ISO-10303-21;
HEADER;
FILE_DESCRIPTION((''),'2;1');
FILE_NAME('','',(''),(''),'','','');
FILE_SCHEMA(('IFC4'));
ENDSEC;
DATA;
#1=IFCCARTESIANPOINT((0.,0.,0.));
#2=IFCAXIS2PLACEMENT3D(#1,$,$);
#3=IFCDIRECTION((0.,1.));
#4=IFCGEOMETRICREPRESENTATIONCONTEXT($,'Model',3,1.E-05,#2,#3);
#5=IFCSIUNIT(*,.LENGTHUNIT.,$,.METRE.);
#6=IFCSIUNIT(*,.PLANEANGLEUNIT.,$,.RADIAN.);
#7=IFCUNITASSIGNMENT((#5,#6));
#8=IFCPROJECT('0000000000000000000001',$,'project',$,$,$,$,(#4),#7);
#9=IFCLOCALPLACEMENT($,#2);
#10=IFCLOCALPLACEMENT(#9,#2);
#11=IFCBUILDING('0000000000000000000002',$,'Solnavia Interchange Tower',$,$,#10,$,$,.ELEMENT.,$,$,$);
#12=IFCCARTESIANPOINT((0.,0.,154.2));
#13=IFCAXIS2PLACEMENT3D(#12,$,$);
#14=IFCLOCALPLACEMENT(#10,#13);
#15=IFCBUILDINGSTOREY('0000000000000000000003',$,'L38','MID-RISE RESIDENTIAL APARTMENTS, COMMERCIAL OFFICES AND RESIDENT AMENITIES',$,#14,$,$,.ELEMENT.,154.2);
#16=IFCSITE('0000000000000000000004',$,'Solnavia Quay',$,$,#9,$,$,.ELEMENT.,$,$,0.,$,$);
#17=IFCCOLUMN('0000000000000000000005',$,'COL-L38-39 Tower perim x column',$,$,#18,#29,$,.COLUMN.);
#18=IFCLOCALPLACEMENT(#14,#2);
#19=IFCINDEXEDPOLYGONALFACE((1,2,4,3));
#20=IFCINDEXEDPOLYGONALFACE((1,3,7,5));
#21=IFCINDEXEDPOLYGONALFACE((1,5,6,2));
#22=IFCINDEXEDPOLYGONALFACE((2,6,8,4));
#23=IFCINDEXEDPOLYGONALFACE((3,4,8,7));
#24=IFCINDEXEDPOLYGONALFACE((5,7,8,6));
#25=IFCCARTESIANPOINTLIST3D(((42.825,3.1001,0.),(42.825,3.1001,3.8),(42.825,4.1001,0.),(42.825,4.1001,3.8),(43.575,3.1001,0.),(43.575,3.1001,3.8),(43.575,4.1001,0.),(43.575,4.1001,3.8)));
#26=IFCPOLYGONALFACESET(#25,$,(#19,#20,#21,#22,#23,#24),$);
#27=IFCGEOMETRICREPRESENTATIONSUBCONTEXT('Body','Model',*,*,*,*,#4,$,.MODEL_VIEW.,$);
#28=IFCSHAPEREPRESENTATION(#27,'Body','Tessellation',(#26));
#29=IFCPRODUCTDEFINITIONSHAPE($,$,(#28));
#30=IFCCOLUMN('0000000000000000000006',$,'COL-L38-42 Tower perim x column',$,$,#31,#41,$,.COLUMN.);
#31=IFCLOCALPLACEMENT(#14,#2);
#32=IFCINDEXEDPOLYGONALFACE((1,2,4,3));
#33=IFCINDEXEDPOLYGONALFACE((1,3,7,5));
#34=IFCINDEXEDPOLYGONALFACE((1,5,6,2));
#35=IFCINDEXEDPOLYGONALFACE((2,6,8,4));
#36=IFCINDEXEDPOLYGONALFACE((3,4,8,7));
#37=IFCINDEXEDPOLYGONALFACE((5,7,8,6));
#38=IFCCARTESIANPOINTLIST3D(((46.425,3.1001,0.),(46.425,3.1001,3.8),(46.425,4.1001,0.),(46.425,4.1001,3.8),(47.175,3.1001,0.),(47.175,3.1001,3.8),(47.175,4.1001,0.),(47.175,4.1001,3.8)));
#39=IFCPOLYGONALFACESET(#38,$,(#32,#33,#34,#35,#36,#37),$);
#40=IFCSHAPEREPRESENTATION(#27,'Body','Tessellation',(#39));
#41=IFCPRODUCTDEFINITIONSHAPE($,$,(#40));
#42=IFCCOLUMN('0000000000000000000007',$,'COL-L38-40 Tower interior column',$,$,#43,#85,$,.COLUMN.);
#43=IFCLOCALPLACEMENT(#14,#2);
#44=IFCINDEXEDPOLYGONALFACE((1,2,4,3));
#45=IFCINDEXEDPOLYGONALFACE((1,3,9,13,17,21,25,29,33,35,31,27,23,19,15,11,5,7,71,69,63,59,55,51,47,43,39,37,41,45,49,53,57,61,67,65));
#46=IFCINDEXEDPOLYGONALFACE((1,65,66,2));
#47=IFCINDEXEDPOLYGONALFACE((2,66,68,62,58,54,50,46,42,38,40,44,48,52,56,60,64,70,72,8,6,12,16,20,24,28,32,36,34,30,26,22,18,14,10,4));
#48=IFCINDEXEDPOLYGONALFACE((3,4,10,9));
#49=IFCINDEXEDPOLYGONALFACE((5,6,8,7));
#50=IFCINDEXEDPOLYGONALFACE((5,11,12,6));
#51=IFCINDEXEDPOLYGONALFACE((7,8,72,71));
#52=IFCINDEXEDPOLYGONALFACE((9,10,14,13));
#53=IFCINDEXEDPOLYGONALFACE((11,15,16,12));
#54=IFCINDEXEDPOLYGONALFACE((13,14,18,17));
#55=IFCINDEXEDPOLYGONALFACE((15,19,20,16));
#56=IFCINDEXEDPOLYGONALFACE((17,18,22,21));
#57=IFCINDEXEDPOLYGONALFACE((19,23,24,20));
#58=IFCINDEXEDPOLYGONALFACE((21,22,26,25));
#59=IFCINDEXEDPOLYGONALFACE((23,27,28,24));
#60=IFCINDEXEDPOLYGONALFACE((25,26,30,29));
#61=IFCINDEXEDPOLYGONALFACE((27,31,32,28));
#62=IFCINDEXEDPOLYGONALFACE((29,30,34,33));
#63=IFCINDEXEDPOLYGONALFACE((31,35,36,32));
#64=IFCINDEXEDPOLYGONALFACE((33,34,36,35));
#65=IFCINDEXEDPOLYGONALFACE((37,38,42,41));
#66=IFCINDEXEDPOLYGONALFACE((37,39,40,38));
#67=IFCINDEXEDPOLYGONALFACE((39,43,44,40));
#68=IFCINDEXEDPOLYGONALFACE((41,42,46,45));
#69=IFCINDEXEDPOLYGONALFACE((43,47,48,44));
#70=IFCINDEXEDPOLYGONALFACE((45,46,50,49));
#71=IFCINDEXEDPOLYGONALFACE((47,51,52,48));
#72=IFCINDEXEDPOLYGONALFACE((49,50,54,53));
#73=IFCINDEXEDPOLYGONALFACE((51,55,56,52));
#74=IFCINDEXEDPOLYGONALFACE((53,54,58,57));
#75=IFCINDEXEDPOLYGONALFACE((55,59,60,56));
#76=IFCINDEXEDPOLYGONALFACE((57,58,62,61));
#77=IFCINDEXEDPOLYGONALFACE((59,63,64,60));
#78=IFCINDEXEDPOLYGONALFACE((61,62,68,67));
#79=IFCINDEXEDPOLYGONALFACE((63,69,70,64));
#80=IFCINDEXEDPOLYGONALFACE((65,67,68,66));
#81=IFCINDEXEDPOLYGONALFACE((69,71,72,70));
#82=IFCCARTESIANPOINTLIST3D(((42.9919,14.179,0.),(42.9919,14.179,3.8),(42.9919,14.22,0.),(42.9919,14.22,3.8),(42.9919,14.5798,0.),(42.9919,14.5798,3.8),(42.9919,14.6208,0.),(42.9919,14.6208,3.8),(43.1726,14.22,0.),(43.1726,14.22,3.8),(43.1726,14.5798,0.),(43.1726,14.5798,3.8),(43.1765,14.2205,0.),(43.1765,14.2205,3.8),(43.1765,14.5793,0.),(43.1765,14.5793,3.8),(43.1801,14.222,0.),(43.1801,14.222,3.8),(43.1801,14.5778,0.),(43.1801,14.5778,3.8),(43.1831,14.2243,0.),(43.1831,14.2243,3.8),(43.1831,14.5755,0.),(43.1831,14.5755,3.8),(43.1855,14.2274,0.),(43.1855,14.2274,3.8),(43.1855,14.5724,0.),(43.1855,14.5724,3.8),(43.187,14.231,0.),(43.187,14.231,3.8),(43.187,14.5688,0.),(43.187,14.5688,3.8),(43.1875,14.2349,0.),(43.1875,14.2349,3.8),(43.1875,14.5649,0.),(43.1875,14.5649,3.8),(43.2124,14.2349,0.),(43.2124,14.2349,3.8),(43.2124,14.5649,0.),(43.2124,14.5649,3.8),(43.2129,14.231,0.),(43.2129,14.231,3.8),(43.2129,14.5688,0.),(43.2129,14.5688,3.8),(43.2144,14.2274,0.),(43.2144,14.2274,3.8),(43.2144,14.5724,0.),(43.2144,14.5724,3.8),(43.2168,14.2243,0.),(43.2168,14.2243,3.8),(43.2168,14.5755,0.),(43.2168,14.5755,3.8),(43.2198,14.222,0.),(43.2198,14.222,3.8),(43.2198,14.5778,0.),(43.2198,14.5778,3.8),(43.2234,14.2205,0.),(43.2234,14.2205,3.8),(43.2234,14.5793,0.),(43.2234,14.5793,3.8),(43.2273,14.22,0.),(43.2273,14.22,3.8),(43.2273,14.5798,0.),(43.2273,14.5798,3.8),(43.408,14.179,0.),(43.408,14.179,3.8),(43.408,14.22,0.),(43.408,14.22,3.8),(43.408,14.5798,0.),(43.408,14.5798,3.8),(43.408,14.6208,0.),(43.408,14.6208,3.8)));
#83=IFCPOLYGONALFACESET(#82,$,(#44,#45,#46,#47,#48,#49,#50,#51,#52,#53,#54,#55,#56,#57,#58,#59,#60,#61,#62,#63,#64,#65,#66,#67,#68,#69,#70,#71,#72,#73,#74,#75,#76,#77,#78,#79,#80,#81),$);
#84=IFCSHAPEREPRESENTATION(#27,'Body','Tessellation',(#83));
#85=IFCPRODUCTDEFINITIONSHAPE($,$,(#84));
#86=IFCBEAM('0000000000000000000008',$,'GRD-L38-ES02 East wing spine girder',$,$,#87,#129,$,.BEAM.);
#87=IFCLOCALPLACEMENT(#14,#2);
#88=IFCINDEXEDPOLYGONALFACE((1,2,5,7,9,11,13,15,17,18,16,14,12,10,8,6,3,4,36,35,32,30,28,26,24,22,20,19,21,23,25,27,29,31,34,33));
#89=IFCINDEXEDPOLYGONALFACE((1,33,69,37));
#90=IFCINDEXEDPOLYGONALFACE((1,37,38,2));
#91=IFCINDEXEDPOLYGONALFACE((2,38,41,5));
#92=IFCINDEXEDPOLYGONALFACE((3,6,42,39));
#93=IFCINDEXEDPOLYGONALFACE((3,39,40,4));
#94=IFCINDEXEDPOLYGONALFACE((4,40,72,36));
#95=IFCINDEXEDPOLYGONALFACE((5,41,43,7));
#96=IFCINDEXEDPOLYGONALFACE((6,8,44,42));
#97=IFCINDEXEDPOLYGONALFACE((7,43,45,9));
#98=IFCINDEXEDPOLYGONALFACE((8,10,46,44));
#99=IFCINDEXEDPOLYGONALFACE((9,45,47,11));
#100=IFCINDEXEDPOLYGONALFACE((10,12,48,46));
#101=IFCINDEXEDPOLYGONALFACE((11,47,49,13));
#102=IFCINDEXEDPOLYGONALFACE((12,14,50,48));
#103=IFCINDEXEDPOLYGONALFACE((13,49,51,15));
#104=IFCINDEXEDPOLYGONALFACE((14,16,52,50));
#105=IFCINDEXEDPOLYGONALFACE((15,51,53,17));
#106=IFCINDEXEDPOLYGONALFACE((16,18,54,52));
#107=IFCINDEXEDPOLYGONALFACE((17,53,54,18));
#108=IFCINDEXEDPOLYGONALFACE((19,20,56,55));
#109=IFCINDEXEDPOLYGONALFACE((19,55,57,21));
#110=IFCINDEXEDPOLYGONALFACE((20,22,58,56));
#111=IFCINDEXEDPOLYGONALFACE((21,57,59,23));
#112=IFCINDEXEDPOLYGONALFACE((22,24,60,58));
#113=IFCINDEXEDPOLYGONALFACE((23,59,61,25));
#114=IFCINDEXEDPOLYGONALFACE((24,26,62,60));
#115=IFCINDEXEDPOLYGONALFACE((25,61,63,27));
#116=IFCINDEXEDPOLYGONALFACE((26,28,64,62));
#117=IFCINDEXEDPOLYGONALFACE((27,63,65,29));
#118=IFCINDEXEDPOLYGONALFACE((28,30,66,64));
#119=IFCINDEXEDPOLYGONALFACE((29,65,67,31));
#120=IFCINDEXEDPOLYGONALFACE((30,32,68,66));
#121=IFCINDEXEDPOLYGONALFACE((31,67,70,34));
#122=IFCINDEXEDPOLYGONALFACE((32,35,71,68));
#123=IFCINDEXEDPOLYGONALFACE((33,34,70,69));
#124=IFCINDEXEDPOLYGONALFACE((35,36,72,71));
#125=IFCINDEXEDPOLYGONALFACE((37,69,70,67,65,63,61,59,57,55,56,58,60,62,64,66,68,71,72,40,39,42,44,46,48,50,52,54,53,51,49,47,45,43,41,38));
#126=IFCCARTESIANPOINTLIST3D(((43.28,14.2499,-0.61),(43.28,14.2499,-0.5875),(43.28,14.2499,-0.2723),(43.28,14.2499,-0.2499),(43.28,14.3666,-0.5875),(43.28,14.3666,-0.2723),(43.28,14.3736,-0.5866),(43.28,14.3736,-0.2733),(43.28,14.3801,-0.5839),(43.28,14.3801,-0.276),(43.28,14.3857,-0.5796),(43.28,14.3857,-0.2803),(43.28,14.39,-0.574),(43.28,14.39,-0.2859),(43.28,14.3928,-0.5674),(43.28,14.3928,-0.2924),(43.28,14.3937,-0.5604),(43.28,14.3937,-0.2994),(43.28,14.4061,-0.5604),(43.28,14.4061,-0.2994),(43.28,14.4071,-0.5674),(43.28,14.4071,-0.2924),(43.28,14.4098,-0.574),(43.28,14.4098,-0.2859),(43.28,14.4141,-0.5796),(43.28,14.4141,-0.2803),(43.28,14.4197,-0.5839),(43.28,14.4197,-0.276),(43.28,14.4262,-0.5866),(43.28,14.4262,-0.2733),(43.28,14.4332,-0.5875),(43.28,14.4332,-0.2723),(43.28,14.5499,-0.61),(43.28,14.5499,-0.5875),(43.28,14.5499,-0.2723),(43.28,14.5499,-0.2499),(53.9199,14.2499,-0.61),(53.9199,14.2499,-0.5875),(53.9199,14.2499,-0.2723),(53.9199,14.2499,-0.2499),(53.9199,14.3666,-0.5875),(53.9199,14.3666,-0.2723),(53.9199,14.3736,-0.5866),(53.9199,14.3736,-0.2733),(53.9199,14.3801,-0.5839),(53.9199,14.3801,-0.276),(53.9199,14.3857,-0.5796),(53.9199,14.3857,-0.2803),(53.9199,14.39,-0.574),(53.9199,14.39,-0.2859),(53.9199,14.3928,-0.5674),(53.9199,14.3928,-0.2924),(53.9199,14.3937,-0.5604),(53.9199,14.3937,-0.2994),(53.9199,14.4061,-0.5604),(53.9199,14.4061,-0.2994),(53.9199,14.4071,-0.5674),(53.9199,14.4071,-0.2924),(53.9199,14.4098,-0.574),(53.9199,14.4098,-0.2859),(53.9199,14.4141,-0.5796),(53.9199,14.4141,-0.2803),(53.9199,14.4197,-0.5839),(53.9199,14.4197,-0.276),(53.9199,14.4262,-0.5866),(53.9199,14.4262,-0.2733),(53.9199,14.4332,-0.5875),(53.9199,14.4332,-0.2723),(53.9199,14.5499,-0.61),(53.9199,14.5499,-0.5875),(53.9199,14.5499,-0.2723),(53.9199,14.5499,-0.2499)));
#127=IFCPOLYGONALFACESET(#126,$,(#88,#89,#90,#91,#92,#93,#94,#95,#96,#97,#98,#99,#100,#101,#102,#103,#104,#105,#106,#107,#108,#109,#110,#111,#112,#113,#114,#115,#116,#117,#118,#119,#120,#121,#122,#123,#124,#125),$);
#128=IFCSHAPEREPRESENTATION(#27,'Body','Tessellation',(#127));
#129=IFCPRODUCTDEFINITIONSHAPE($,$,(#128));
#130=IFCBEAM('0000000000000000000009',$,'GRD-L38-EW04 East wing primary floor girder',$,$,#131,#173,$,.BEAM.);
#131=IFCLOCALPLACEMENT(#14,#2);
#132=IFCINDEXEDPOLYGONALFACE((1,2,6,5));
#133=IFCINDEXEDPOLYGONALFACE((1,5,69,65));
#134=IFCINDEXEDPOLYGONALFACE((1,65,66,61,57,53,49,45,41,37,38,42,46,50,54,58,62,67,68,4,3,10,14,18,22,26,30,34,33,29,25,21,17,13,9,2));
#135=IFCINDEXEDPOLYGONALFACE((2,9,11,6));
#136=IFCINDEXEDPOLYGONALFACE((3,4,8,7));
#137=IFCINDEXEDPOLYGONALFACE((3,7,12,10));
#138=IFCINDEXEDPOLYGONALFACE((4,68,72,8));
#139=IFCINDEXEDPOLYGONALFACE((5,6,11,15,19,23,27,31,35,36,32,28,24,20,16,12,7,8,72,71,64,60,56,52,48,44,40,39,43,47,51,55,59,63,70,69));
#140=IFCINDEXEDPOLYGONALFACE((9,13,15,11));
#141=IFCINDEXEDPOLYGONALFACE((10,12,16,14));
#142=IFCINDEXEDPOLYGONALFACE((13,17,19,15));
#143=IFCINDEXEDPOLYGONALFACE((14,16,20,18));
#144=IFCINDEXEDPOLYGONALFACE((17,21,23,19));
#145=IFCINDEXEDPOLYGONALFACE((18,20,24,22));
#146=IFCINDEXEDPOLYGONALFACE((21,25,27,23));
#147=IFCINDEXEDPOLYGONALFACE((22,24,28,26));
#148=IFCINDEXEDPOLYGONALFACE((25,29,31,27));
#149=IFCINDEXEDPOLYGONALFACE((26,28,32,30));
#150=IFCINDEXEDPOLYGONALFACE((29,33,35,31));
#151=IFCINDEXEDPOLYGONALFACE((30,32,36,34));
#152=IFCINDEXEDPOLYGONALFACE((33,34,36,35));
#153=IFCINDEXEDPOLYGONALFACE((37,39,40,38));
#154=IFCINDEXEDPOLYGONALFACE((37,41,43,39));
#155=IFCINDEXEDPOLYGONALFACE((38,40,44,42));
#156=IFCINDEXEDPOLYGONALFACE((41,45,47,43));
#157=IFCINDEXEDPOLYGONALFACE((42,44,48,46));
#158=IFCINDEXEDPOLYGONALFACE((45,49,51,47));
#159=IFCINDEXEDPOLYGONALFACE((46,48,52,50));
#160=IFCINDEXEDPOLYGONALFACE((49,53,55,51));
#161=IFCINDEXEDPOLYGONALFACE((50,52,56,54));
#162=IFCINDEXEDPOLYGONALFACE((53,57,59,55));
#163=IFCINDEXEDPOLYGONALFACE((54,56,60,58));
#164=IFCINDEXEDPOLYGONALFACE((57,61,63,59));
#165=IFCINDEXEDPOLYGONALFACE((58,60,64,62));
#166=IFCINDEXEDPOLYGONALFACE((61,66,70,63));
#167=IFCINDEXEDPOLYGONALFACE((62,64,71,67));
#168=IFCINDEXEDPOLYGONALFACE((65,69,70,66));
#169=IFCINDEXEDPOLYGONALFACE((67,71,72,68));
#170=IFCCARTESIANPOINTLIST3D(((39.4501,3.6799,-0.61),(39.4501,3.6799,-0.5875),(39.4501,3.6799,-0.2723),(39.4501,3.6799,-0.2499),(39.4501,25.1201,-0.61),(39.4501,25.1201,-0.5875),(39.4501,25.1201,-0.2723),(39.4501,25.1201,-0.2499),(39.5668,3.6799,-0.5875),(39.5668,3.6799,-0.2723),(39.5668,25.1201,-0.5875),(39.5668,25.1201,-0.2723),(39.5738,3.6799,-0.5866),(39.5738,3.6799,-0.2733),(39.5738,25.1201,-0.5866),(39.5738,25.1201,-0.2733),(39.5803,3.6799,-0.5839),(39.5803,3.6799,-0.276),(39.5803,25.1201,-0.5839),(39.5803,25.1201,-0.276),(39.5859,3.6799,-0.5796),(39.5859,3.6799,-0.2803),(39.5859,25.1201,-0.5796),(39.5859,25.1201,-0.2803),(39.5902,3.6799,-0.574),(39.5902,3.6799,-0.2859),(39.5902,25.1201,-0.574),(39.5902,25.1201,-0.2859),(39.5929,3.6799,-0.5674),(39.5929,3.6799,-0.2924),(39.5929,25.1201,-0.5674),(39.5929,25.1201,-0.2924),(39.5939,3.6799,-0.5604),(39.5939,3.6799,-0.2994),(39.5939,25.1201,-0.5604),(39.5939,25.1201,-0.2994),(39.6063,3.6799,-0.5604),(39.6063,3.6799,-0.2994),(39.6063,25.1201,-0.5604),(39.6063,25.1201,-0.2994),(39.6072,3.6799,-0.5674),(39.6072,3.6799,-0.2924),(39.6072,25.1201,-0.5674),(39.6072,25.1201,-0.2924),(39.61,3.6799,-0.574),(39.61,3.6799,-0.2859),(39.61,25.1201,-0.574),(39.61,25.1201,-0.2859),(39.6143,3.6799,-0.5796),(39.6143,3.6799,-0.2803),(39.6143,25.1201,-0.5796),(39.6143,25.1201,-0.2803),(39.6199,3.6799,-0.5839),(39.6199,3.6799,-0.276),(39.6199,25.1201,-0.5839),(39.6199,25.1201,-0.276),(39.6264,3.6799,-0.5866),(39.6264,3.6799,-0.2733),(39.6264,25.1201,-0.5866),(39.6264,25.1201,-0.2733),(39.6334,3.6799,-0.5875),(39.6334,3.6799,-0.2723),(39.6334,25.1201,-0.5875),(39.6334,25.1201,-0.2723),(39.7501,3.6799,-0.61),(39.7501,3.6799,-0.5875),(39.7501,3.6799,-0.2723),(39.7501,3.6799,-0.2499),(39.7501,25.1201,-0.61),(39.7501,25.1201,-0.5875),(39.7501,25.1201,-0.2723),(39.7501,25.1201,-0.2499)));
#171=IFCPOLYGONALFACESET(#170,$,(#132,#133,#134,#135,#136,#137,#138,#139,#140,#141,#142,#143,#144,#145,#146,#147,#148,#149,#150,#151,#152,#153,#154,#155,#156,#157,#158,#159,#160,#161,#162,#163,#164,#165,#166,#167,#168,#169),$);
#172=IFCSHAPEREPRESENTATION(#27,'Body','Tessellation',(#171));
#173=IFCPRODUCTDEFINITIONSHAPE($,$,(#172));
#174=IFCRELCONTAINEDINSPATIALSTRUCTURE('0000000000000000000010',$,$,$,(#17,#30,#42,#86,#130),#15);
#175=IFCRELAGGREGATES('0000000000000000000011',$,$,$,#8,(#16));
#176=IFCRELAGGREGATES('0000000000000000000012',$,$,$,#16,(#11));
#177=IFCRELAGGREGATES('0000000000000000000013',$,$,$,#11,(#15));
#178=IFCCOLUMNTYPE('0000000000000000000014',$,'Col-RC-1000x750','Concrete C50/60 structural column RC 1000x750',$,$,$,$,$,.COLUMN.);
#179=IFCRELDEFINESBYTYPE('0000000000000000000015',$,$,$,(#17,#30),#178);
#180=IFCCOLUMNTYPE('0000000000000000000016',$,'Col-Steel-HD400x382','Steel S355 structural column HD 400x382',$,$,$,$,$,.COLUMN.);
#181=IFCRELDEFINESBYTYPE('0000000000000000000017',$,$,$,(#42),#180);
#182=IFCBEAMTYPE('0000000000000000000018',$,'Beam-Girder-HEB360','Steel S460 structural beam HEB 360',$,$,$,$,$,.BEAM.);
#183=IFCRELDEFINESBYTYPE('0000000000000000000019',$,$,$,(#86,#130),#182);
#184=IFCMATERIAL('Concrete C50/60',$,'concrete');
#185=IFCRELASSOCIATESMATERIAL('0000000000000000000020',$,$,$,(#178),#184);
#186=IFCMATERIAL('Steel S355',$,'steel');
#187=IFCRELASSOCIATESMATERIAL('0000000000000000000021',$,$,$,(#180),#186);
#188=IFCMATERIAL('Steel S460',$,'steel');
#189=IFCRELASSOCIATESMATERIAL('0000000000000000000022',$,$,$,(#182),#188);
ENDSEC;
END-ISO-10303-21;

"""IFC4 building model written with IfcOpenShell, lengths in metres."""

from ifc_helpers import new_model, si_unit, direction, frame, origin, origin_2d, place, context, subcontext, project, spatial, rectangle, i_section, extrude, material, material_profile, profile_set, type_object, element, save


model = new_model("IFC4")

# Units and contexts
model_context = context("Model", 3, precision=1e-05, world=origin(), true_north=direction((0.0, 1.0)))
body_context = subcontext(model_context, "Body", "Model", "MODEL_VIEW")
ifc_project = project(units=[si_unit("LENGTHUNIT", "METRE"), si_unit("PLANEANGLEUNIT", "RADIAN")], contexts=[model_context])

# Site, building, storey
site_placement = place(None, origin())
site = spatial("IfcSite", under=ifc_project, at=site_placement, Name="Solnavia Quay", CompositionType="ELEMENT", RefElevation=0.0)
building_placement = place(site_placement, origin())
building = spatial("IfcBuilding", under=site, at=building_placement, Name="Solnavia Interchange Tower", CompositionType="ELEMENT")
storey_placement = place(building_placement, frame((0.0, 0.0, 154.2)))
storey = spatial("IfcBuildingStorey", under=building, at=storey_placement, Name="L38", Description="MID-RISE RESIDENTIAL APARTMENTS, COMMERCIAL OFFICES AND RESIDENT AMENITIES", CompositionType="ELEMENT", Elevation=154.2)

# Columns
ifc_material_1 = material(Name="Concrete C50/60", Category="concrete")
ifc_material_profile_1 = material_profile(ifc_material_1, rectangle(XDim=0.75, YDim=1.0, at=origin_2d()), Name="RC 1000x750")
ifc_profile_set_1 = profile_set([ifc_material_profile_1], Name="Concrete C50/60")
column_type_1 = type_object("IfcColumnType", Name="Col-RC-1000x750", Description="Concrete C50/60 structural column RC 1000x750", PredefinedType="COLUMN", material=ifc_profile_set_1)
for number, where, z_axis, x_axis, name in (
    (1, (43.2, 3.6001, 0.0), (0.0, 0.0, 1.0), (1.0, 0.0, 0.0), "COL-L38-39 Tower perim x column"),
    (2, (46.8, 3.6001, 0.0), (0.0, 0.0, 1.0), (1.0, 0.0, 0.0), "COL-L38-42 Tower perim x column"),
):
    element("IfcColumn", number, at=place(storey_placement, frame(where, z_axis=z_axis, x_axis=x_axis)), inside=storey, type_object=column_type_1, Name=name, PredefinedType="COLUMN", context=body_context, shape_type="SweptSolid", body=[
        extrude(rectangle(XDim=0.75, YDim=1.0, at=origin_2d()), origin(), (0.0, 0.0, 1.0), 3.8),
    ])
ifc_material_2 = material(Name="Steel S355", Category="steel")
ifc_material_profile_2 = material_profile(ifc_material_2, i_section(OverallWidth=0.416, OverallDepth=0.4419, WebThickness=0.0249, FlangeThickness=0.041, FilletRadius=0.0149, at=origin_2d()), Name="HD 400x382")
ifc_profile_set_2 = profile_set([ifc_material_profile_2], Name="Steel S355")
column_type_2 = type_object("IfcColumnType", Name="Col-Steel-HD400x382", Description="Steel S355 structural column HD 400x382", PredefinedType="COLUMN", material=ifc_profile_set_2)
column_placement = place(storey_placement, frame((43.2, 14.3999, 0.0), z_axis=(0.0, 0.0, 1.0), x_axis=(1.0, 0.0, 0.0)))
element("IfcColumn", 3, at=column_placement, inside=storey, type_object=column_type_2, Name="COL-L38-40 Tower interior column", PredefinedType="COLUMN", context=body_context, shape_type="SweptSolid", body=[
    extrude(i_section(OverallWidth=0.416, OverallDepth=0.4419, WebThickness=0.0249, FlangeThickness=0.041, FilletRadius=0.0149, at=origin_2d()), origin(), (0.0, 0.0, 1.0), 3.8),
])

# Beams
ifc_material_3 = material(Name="Steel S460", Category="steel")
ifc_material_profile_3 = material_profile(ifc_material_3, i_section(OverallWidth=0.3, OverallDepth=0.3601, WebThickness=0.0125, FlangeThickness=0.0225, FilletRadius=0.0271, at=origin_2d()), Name="HEB 360")
ifc_profile_set_3 = profile_set([ifc_material_profile_3], Name="Steel S460")
beam_type_1 = type_object("IfcBeamType", Name="Beam-Girder-HEB360", Description="Steel S460 structural beam HEB 360", PredefinedType="BEAM", material=ifc_profile_set_3)
beam_1_placement = place(storey_placement, frame((43.28, 14.3999, -0.4299), z_axis=(1.0, 0.0, 0.0), x_axis=(0.0, 1.0, 0.0)))
element("IfcBeam", 4, at=beam_1_placement, inside=storey, type_object=beam_type_1, Name="GRD-L38-ES02 East wing spine girder", PredefinedType="BEAM", context=body_context, shape_type="SweptSolid", body=[
    extrude(i_section(OverallWidth=0.3, OverallDepth=0.3601, WebThickness=0.0125, FlangeThickness=0.0225, FilletRadius=0.0271, at=origin_2d()), origin(), (0.0, 0.0, 1.0), 10.6399),
])
beam_2_placement = place(storey_placement, frame((39.6001, 3.6799, -0.4299), z_axis=(0.0, 1.0, 0.0), x_axis=(-1.0, 0.0, 0.0)))
element("IfcBeam", 5, at=beam_2_placement, inside=storey, type_object=beam_type_1, Name="GRD-L38-EW04 East wing primary floor girder", PredefinedType="BEAM", context=body_context, shape_type="SweptSolid", body=[
    extrude(i_section(OverallWidth=0.3, OverallDepth=0.3601, WebThickness=0.0125, FlangeThickness=0.0225, FilletRadius=0.0271, at=origin_2d()), origin(), (0.0, 0.0, 1.0), 21.4402),
])

save(model, "model.ifc")
